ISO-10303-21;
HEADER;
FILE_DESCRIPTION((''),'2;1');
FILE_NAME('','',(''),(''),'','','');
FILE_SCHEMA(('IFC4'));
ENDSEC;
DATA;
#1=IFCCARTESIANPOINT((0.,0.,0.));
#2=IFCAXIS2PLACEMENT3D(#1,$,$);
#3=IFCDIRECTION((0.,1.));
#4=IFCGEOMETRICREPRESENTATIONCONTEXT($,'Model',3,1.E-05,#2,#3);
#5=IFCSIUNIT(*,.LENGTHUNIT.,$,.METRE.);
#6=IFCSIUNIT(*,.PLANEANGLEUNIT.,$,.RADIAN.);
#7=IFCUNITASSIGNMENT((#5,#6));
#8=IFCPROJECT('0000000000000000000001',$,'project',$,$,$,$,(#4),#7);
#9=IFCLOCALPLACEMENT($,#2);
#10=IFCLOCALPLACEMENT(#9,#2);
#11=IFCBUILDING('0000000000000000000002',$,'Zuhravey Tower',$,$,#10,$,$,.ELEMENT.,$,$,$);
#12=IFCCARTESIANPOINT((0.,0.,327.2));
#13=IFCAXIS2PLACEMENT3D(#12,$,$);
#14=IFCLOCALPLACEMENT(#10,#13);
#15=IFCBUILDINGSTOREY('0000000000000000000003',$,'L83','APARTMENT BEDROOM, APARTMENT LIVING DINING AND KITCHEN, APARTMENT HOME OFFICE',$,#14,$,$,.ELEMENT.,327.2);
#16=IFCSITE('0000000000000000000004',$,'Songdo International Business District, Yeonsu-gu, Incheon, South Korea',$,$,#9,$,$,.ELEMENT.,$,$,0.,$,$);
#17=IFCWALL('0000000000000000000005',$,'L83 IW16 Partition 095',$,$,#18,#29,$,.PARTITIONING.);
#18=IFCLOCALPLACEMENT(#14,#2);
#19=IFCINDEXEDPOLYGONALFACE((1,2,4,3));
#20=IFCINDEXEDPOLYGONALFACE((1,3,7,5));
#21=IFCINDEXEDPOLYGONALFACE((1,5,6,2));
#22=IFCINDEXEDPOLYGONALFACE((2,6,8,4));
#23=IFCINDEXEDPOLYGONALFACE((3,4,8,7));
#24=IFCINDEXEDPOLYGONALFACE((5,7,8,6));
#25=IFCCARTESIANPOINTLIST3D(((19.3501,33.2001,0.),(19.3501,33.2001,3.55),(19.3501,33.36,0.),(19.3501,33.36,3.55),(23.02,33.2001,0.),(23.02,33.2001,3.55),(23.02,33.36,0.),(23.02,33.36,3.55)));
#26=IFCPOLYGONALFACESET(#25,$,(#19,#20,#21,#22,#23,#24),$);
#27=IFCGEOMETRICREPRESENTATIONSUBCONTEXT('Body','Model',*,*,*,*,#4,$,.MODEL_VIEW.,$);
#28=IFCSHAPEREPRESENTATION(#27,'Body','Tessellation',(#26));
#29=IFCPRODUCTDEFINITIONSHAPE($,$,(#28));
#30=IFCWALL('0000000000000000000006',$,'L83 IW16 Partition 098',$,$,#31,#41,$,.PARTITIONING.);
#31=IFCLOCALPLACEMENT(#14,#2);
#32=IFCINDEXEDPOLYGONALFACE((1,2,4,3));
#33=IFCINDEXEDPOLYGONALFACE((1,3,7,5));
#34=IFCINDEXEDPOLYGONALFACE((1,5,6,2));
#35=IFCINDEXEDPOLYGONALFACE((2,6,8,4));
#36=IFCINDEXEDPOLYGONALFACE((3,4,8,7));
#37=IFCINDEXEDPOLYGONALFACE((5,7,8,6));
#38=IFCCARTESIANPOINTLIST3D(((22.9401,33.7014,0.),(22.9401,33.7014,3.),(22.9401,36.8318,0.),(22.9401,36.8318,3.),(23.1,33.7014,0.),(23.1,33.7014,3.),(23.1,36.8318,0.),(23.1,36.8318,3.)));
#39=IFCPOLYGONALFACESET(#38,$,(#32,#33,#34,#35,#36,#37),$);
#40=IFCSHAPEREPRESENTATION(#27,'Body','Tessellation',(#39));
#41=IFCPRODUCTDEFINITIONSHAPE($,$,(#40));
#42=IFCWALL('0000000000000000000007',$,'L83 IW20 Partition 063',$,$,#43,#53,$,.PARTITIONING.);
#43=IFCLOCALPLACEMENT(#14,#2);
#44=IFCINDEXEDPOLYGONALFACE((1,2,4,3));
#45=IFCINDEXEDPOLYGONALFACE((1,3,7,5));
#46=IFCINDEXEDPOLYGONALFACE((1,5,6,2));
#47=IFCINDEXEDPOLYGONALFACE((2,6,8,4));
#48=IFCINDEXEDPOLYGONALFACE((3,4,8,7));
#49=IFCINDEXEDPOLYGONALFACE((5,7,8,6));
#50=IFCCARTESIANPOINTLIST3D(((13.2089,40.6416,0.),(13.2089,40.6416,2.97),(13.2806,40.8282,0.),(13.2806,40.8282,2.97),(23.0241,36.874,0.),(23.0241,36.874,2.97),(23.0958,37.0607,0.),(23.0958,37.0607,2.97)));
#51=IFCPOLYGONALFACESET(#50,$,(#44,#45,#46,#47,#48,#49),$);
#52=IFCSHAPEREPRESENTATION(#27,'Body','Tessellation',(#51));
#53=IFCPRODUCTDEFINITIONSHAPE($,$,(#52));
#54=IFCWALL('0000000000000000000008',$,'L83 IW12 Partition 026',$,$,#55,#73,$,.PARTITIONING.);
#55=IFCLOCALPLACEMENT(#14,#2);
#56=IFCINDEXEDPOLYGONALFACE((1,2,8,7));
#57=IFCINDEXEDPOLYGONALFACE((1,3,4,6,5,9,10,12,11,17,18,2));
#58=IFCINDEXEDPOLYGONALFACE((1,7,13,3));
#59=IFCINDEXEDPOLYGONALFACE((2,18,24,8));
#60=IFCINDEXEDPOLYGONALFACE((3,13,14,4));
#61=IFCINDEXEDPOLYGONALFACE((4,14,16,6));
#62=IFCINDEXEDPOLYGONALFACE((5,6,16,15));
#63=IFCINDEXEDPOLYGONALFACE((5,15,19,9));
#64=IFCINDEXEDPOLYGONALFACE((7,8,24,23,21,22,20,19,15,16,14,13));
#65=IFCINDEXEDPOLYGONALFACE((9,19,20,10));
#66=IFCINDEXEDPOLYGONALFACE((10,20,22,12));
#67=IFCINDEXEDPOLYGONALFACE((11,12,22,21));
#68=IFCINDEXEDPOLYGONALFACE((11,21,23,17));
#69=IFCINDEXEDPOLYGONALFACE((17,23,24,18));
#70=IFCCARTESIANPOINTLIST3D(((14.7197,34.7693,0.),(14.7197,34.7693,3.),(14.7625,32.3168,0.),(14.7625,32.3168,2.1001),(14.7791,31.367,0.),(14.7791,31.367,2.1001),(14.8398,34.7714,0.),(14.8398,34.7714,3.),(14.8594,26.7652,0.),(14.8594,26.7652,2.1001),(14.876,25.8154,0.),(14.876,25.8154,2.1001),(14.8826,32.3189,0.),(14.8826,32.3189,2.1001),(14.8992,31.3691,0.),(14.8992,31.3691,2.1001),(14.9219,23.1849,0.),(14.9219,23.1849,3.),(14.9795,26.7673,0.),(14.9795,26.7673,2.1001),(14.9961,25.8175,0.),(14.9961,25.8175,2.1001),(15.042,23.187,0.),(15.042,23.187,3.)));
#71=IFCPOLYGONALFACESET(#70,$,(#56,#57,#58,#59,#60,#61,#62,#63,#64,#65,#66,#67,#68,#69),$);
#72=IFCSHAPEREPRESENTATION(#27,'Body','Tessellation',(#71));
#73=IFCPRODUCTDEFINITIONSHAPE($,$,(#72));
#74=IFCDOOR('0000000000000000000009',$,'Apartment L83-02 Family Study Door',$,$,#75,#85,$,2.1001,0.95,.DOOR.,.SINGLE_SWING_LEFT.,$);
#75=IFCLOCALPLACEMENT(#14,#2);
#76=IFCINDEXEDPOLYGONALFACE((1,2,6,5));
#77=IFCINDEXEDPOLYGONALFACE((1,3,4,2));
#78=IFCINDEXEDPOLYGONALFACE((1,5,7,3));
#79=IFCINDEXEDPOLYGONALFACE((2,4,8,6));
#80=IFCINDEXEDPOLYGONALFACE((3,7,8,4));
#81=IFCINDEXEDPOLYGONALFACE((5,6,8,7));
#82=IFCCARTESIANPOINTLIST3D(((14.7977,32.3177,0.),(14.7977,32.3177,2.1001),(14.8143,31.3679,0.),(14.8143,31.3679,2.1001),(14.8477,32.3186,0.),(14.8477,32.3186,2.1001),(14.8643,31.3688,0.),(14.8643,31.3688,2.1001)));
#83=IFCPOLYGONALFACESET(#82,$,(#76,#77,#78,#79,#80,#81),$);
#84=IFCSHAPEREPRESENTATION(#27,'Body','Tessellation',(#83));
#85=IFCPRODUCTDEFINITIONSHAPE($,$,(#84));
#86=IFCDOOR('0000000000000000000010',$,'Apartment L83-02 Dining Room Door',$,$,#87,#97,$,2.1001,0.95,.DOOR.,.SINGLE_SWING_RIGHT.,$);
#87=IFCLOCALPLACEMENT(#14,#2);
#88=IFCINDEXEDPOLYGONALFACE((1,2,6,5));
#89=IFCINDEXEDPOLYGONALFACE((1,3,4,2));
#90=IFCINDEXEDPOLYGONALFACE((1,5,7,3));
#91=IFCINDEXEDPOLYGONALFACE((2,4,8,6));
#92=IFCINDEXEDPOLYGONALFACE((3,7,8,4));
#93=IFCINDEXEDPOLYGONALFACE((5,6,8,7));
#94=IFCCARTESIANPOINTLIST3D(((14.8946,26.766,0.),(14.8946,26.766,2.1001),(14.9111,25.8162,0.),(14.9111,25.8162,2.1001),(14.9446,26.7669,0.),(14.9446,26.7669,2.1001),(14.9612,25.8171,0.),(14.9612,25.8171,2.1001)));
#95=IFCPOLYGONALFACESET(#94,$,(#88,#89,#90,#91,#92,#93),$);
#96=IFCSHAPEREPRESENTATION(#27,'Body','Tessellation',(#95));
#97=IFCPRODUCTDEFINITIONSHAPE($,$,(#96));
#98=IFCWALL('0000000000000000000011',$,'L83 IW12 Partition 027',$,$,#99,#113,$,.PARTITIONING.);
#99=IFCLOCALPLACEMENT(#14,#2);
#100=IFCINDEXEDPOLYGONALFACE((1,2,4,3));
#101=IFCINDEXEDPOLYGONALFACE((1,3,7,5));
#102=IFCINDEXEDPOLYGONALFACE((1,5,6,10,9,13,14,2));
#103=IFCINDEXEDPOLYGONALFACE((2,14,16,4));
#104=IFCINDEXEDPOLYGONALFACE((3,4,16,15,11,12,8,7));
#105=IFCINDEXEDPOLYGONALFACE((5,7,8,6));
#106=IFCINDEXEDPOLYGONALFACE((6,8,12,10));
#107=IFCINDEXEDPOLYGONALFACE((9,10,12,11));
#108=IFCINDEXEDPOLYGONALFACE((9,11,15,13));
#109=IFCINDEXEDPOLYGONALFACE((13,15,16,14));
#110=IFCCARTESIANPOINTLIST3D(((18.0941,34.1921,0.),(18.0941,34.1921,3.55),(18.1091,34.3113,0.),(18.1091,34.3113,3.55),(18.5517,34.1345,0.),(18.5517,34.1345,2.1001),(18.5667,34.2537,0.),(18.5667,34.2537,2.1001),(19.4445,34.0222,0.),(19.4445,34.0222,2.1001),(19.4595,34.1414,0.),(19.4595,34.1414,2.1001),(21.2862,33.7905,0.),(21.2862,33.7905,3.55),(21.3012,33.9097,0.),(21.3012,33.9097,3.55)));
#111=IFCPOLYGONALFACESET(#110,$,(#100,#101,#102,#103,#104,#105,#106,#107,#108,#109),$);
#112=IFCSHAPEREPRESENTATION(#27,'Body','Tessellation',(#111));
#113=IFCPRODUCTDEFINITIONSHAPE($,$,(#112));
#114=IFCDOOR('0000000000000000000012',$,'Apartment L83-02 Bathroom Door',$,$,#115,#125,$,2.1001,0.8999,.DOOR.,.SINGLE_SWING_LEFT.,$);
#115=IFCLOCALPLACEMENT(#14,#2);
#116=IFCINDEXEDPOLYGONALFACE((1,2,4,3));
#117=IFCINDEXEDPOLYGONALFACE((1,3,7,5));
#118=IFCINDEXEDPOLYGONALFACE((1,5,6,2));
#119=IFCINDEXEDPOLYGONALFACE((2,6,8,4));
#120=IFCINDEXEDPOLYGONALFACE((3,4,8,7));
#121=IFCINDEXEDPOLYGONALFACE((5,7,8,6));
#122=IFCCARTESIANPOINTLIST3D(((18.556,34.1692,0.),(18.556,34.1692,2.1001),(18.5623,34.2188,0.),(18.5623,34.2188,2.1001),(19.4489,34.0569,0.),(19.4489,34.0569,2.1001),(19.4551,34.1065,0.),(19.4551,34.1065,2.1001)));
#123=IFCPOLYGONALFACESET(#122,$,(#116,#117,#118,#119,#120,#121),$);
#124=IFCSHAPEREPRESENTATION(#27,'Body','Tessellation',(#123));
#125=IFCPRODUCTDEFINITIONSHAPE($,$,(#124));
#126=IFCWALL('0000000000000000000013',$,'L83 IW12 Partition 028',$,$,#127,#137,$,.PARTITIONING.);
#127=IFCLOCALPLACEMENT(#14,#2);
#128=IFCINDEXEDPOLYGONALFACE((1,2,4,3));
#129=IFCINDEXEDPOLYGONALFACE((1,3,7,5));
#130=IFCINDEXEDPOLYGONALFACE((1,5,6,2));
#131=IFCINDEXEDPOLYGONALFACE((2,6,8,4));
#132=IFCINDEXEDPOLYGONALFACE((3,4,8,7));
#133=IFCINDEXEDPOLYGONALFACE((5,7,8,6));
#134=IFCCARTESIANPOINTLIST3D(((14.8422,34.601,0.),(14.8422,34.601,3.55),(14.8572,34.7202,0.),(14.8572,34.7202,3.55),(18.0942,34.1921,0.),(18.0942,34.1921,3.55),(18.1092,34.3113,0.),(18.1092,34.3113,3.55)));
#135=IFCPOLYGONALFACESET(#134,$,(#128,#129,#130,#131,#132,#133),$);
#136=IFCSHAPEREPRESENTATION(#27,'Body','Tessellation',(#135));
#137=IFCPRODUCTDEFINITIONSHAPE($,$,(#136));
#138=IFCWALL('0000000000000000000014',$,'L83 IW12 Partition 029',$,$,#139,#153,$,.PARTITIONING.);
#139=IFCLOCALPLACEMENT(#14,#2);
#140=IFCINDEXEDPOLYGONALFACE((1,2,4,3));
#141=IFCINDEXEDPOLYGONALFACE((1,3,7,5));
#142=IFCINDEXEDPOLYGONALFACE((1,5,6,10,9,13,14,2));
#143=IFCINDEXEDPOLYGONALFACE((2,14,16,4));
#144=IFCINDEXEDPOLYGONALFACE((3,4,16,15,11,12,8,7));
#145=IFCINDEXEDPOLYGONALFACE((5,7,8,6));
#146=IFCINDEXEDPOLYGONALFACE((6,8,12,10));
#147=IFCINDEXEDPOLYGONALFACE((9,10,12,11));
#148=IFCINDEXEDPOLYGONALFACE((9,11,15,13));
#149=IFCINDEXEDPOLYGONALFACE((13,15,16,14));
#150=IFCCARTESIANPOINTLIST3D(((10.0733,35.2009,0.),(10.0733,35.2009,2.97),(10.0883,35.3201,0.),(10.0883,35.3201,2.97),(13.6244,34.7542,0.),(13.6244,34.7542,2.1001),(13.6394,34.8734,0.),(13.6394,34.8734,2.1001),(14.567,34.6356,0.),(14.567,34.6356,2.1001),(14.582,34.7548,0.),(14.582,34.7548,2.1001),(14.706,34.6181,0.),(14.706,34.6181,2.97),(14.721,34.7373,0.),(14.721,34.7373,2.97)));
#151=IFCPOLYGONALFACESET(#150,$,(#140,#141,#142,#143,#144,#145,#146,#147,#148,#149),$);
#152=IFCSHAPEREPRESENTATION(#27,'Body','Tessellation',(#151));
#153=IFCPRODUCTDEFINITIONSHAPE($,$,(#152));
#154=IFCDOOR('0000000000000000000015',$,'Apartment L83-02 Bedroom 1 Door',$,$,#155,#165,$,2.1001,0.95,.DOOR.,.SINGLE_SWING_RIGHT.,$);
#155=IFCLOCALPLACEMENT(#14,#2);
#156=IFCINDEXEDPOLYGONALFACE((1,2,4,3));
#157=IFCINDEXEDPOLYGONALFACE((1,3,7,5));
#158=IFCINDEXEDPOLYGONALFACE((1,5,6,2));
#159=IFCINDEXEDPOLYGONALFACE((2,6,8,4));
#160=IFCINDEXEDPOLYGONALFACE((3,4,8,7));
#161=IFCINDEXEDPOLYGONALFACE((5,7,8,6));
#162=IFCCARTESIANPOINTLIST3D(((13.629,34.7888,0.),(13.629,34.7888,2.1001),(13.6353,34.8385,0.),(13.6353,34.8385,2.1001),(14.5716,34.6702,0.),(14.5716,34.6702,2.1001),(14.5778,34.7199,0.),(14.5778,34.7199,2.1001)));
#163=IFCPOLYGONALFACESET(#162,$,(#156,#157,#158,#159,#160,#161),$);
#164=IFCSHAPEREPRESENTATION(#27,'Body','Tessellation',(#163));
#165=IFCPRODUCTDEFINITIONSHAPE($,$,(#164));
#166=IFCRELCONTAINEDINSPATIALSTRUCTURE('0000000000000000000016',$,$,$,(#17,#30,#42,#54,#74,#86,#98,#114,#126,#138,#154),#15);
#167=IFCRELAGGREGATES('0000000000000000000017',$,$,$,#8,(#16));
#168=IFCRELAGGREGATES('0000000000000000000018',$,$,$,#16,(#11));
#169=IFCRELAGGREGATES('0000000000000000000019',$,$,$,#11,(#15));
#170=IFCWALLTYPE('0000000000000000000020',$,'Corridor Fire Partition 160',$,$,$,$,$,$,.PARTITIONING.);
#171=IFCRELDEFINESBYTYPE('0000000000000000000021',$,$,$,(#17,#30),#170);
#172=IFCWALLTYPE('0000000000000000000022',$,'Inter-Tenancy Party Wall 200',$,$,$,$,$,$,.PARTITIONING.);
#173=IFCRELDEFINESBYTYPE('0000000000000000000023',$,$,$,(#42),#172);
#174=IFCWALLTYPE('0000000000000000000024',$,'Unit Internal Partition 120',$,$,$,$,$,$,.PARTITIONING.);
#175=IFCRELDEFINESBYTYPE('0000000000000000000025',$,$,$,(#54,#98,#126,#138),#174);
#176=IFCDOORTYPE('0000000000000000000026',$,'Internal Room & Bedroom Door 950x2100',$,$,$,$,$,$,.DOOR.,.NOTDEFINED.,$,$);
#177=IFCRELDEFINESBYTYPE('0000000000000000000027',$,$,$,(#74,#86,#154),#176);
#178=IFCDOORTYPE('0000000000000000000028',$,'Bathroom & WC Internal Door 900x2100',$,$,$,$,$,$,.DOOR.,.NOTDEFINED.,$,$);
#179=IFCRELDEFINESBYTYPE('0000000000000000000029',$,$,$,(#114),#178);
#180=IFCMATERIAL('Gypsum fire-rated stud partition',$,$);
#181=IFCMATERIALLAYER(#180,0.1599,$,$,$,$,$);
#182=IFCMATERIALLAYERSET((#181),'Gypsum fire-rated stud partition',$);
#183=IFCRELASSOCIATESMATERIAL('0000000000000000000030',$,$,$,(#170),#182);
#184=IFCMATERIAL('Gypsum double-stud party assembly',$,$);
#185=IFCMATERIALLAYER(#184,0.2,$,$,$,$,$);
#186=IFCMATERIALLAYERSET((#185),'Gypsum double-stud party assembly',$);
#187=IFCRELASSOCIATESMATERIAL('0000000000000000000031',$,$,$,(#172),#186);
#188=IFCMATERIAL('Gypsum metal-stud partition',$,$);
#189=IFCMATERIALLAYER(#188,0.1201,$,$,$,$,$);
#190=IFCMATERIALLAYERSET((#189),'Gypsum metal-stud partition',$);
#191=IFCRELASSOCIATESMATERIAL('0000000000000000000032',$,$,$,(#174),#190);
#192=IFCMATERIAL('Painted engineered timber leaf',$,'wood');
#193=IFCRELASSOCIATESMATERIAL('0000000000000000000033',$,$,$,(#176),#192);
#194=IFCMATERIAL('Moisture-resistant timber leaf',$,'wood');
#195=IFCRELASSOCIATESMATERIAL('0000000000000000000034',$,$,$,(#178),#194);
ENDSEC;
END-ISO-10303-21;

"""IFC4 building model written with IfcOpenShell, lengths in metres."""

from ifc_helpers import new_model, si_unit, direction, frame, frame_2d, origin, place, context, subcontext, project, spatial, rectangle, extrude, material, layer, layer_set, type_object, element, fill, save


model = new_model("IFC4")

# Units and contexts
model_context = context("Model", 3, precision=1e-05, world=origin(), true_north=direction((0.0, 1.0)))
body_context = subcontext(model_context, "Body", "Model", "MODEL_VIEW")
ifc_project = project(units=[si_unit("LENGTHUNIT", "METRE"), si_unit("PLANEANGLEUNIT", "RADIAN")], contexts=[model_context])

# Site, building, storey
site_placement = place(None, origin())
site = spatial("IfcSite", under=ifc_project, at=site_placement, Name="Songdo International Business District, Yeonsu-gu, Incheon, South Korea", CompositionType="ELEMENT", RefElevation=0.0)
building_placement = place(site_placement, origin())
building = spatial("IfcBuilding", under=site, at=building_placement, Name="Zuhravey Tower", CompositionType="ELEMENT")
storey_placement = place(building_placement, frame((0.0, 0.0, 327.2)))
storey = spatial("IfcBuildingStorey", under=building, at=storey_placement, Name="L83", Description="APARTMENT BEDROOM, APARTMENT LIVING DINING AND KITCHEN, APARTMENT HOME OFFICE", CompositionType="ELEMENT", Elevation=327.2)

# Walls
ifc_material_1 = material(Name="Gypsum fire-rated stud partition")
ifc_layer_1 = layer(ifc_material_1, 0.1599)
ifc_layer_set_1 = layer_set([ifc_layer_1], Name="Gypsum fire-rated stud partition")
wall_type_1 = type_object("IfcWallType", Name="Corridor Fire Partition 160", PredefinedType="PARTITIONING", material=ifc_layer_set_1)
wall_1_placement = place(storey_placement, frame((23.02, 33.28, 0.0), z_axis=(0.0, 0.0, 1.0), x_axis=(-1.0, 0.0, 0.0)))
element("IfcWall", 1, at=wall_1_placement, inside=storey, type_object=wall_type_1, Name="L83 IW16 Partition 095", PredefinedType="PARTITIONING", context=body_context, shape_type="SweptSolid", body=[
    extrude(rectangle(XDim=3.6699, YDim=0.1599, at=frame_2d((1.835, 0.0))), origin(), (0.0, 0.0, 1.0), 3.55),
])
wall_2_placement = place(storey_placement, frame((23.02, 36.8318, 0.0), z_axis=(0.0, 0.0, 1.0), x_axis=(0.0, -1.0, 0.0)))
element("IfcWall", 2, at=wall_2_placement, inside=storey, type_object=wall_type_1, Name="L83 IW16 Partition 098", PredefinedType="PARTITIONING", context=body_context, shape_type="SweptSolid", body=[
    extrude(rectangle(XDim=3.1304, YDim=0.1599, at=frame_2d((1.5652, 0.0))), origin(), (0.0, 0.0, 1.0), 3.0),
])
ifc_material_2 = material(Name="Gypsum double-stud party assembly")
ifc_layer_2 = layer(ifc_material_2, 0.2)
ifc_layer_set_2 = layer_set([ifc_layer_2], Name="Gypsum double-stud party assembly")
wall_type_2 = type_object("IfcWallType", Name="Inter-Tenancy Party Wall 200", PredefinedType="PARTITIONING", material=ifc_layer_set_2)
wall_3_placement = place(storey_placement, frame((23.0601, 36.9673, 0.0), z_axis=(0.0, 0.0, 1.0), x_axis=(-0.933584, 0.358358, 0.0)))
element("IfcWall", 3, at=wall_3_placement, inside=storey, type_object=wall_type_2, Name="L83 IW20 Partition 063", PredefinedType="PARTITIONING", context=body_context, shape_type="SweptSolid", body=[
    extrude(rectangle(XDim=10.5134, YDim=0.2, at=frame_2d((5.2568, 0.0))), origin(), (0.0, 0.0, 1.0), 2.97),
])

# Wall, openings, doors
ifc_material_3 = material(Name="Gypsum metal-stud partition")
ifc_layer_3 = layer(ifc_material_3, 0.1201)
ifc_layer_set_3 = layer_set([ifc_layer_3], Name="Gypsum metal-stud partition")
wall_type_3 = type_object("IfcWallType", Name="Unit Internal Partition 120", PredefinedType="PARTITIONING", material=ifc_layer_set_3)
wall_4_placement = place(storey_placement, frame((14.7798, 34.7703, 0.0), z_axis=(0.0, 0.0, 1.0), x_axis=(0.017447, -0.999848, 0.0)))
wall_4 = element("IfcWall", 4, at=wall_4_placement, inside=storey, type_object=wall_type_3, Name="L83 IW12 Partition 026", PredefinedType="PARTITIONING", context=body_context, shape_type="SweptSolid", body=[
    extrude(rectangle(XDim=11.5862, YDim=0.1201, at=frame_2d((5.793, 0.0))), origin(), (0.0, 0.0, 1.0), 3.0),
])
opening_1_placement = place(wall_4_placement, frame((2.4526, 0.0, 0.0)))
opening_1 = element("IfcOpeningElement", 5, at=opening_1_placement, cuts=wall_4, PredefinedType="OPENING", context=body_context, shape_type="SweptSolid", body=[
    extrude(rectangle(XDim=0.95, YDim=2.1001, at=frame_2d((0.4751, 1.05))), frame((0.0, 0.072, 0.0), z_axis=(0.0, -1.0, 0.0), x_axis=(1.0, 0.0, 0.0)), (0.0, 0.0, 1.0), 0.144),
])
opening_2_placement = place(wall_4_placement, frame((8.0051, 0.0, 0.0)))
opening_2 = element("IfcOpeningElement", 6, at=opening_2_placement, cuts=wall_4, PredefinedType="OPENING", context=body_context, shape_type="SweptSolid", body=[
    extrude(rectangle(XDim=0.95, YDim=2.1001, at=frame_2d((0.4751, 1.05))), frame((0.0, 0.072, 0.0), z_axis=(0.0, -1.0, 0.0), x_axis=(1.0, 0.0, 0.0)), (0.0, 0.0, 1.0), 0.144),
])
ifc_material_4 = material(Name="Painted engineered timber leaf", Category="wood")
door_type_1 = type_object("IfcDoorType", Name="Internal Room & Bedroom Door 950x2100", OperationType="NOTDEFINED", PredefinedType="DOOR", material=ifc_material_4)
door_1_placement = place(opening_1_placement, frame((0.95, 0.0, 0.0), z_axis=(0.0, 0.0, 1.0), x_axis=(-1.0, 0.0, 0.0)))
door_1 = element("IfcDoor", 7, at=door_1_placement, inside=storey, type_object=door_type_1, Name="Apartment L83-02 Family Study Door", OperationType="SINGLE_SWING_LEFT", OverallHeight=2.1001, OverallWidth=0.95, PredefinedType="DOOR", context=body_context, shape_type="SweptSolid", body=[
    extrude(rectangle(XDim=0.95, YDim=2.1001, at=frame_2d((0.4751, 1.05))), frame((0.0, 0.0249, 0.0), z_axis=(0.0, -1.0, 0.0), x_axis=(1.0, 0.0, 0.0)), (0.0, 0.0, 1.0), 0.05),
])
fill(opening_1, door_1)
door_2_placement = place(opening_2_placement, frame((0.95, 0.0, 0.0), z_axis=(0.0, 0.0, 1.0), x_axis=(-1.0, 0.0, 0.0)))
door_2 = element("IfcDoor", 8, at=door_2_placement, inside=storey, type_object=door_type_1, Name="Apartment L83-02 Dining Room Door", OperationType="SINGLE_SWING_RIGHT", OverallHeight=2.1001, OverallWidth=0.95, PredefinedType="DOOR", context=body_context, shape_type="SweptSolid", body=[
    extrude(rectangle(XDim=0.95, YDim=2.1001, at=frame_2d((0.4751, 1.05))), frame((0.0, 0.0249, 0.0), z_axis=(0.0, -1.0, 0.0), x_axis=(1.0, 0.0, 0.0)), (0.0, 0.0, 1.0), 0.05),
])
fill(opening_2, door_2)

# Wall, opening, door
wall_5_placement = place(storey_placement, frame((21.2937, 33.8501, 0.0), z_axis=(0.0, 0.0, 1.0), x_axis=(-0.992178, 0.124829, 0.0)))
wall_5 = element("IfcWall", 9, at=wall_5_placement, inside=storey, type_object=wall_type_3, Name="L83 IW12 Partition 027", PredefinedType="PARTITIONING", context=body_context, shape_type="SweptSolid", body=[
    extrude(rectangle(XDim=3.2173, YDim=0.1201, at=frame_2d((1.6086, 0.0))), origin(), (0.0, 0.0, 1.0), 3.55),
])
opening_3_placement = place(wall_5_placement, frame((1.8562, 0.0, 0.0)))
opening_3 = element("IfcOpeningElement", 10, at=opening_3_placement, cuts=wall_5, PredefinedType="OPENING", context=body_context, shape_type="SweptSolid", body=[
    extrude(rectangle(XDim=0.8999, YDim=2.1001, at=frame_2d((0.45, 1.05))), frame((0.0, 0.072, 0.0), z_axis=(0.0, -1.0, 0.0), x_axis=(1.0, 0.0, 0.0)), (0.0, 0.0, 1.0), 0.144),
])
ifc_material_5 = material(Name="Moisture-resistant timber leaf", Category="wood")
door_type_2 = type_object("IfcDoorType", Name="Bathroom & WC Internal Door 900x2100", OperationType="NOTDEFINED", PredefinedType="DOOR", material=ifc_material_5)
door_3_placement = place(opening_3_placement, frame((0.8999, 0.0, 0.0), z_axis=(0.0, 0.0, 1.0), x_axis=(-1.0, 0.0, 0.0)))
door_3 = element("IfcDoor", 11, at=door_3_placement, inside=storey, type_object=door_type_2, Name="Apartment L83-02 Bathroom Door", OperationType="SINGLE_SWING_LEFT", OverallHeight=2.1001, OverallWidth=0.8999, PredefinedType="DOOR", context=body_context, shape_type="SweptSolid", body=[
    extrude(rectangle(XDim=0.8999, YDim=2.1001, at=frame_2d((0.45, 1.05))), frame((0.0, 0.0249, 0.0), z_axis=(0.0, -1.0, 0.0), x_axis=(1.0, 0.0, 0.0)), (0.0, 0.0, 1.0), 0.05),
])
fill(opening_3, door_3)

# Wall
wall_6_placement = place(storey_placement, frame((18.1016, 34.2517, 0.0), z_axis=(0.0, 0.0, 1.0), x_axis=(-0.992186, 0.124768, 0.0)))
element("IfcWall", 12, at=wall_6_placement, inside=storey, type_object=wall_type_3, Name="L83 IW12 Partition 028", PredefinedType="PARTITIONING", context=body_context, shape_type="SweptSolid", body=[
    extrude(rectangle(XDim=3.2776, YDim=0.1201, at=frame_2d((1.6387, 0.0))), origin(), (0.0, 0.0, 1.0), 3.55),
])

# Wall, opening, door
wall_7_placement = place(storey_placement, frame((14.7134, 34.6777, 0.0), z_axis=(0.0, 0.0, 1.0), x_axis=(-0.99218, 0.124813, 0.0)))
wall_7 = element("IfcWall", 13, at=wall_7_placement, inside=storey, type_object=wall_type_3, Name="L83 IW12 Partition 029", PredefinedType="PARTITIONING", context=body_context, shape_type="SweptSolid", body=[
    extrude(rectangle(XDim=4.6692, YDim=0.1201, at=frame_2d((2.3345, 0.0))), origin(), (0.0, 0.0, 1.0), 2.97),
])
opening_4_placement = place(wall_7_placement, frame((0.1399, 0.0, 0.0)))
opening_4 = element("IfcOpeningElement", 14, at=opening_4_placement, cuts=wall_7, PredefinedType="OPENING", context=body_context, shape_type="SweptSolid", body=[
    extrude(rectangle(XDim=0.95, YDim=2.1001, at=frame_2d((0.4751, 1.05))), frame((0.0, 0.072, 0.0), z_axis=(0.0, -1.0, 0.0), x_axis=(1.0, 0.0, 0.0)), (0.0, 0.0, 1.0), 0.144),
])
door_4_placement = place(opening_4_placement, frame((0.95, 0.0, 0.0), z_axis=(0.0, 0.0, 1.0), x_axis=(-1.0, 0.0, 0.0)))
door_4 = element("IfcDoor", 15, at=door_4_placement, inside=storey, type_object=door_type_1, Name="Apartment L83-02 Bedroom 1 Door", OperationType="SINGLE_SWING_RIGHT", OverallHeight=2.1001, OverallWidth=0.95, PredefinedType="DOOR", context=body_context, shape_type="SweptSolid", body=[
    extrude(rectangle(XDim=0.95, YDim=2.1001, at=frame_2d((0.4751, 1.05))), frame((0.0, 0.0249, 0.0), z_axis=(0.0, -1.0, 0.0), x_axis=(1.0, 0.0, 0.0)), (0.0, 0.0, 1.0), 0.05),
])
fill(opening_4, door_4)

save(model, "model.ifc")
